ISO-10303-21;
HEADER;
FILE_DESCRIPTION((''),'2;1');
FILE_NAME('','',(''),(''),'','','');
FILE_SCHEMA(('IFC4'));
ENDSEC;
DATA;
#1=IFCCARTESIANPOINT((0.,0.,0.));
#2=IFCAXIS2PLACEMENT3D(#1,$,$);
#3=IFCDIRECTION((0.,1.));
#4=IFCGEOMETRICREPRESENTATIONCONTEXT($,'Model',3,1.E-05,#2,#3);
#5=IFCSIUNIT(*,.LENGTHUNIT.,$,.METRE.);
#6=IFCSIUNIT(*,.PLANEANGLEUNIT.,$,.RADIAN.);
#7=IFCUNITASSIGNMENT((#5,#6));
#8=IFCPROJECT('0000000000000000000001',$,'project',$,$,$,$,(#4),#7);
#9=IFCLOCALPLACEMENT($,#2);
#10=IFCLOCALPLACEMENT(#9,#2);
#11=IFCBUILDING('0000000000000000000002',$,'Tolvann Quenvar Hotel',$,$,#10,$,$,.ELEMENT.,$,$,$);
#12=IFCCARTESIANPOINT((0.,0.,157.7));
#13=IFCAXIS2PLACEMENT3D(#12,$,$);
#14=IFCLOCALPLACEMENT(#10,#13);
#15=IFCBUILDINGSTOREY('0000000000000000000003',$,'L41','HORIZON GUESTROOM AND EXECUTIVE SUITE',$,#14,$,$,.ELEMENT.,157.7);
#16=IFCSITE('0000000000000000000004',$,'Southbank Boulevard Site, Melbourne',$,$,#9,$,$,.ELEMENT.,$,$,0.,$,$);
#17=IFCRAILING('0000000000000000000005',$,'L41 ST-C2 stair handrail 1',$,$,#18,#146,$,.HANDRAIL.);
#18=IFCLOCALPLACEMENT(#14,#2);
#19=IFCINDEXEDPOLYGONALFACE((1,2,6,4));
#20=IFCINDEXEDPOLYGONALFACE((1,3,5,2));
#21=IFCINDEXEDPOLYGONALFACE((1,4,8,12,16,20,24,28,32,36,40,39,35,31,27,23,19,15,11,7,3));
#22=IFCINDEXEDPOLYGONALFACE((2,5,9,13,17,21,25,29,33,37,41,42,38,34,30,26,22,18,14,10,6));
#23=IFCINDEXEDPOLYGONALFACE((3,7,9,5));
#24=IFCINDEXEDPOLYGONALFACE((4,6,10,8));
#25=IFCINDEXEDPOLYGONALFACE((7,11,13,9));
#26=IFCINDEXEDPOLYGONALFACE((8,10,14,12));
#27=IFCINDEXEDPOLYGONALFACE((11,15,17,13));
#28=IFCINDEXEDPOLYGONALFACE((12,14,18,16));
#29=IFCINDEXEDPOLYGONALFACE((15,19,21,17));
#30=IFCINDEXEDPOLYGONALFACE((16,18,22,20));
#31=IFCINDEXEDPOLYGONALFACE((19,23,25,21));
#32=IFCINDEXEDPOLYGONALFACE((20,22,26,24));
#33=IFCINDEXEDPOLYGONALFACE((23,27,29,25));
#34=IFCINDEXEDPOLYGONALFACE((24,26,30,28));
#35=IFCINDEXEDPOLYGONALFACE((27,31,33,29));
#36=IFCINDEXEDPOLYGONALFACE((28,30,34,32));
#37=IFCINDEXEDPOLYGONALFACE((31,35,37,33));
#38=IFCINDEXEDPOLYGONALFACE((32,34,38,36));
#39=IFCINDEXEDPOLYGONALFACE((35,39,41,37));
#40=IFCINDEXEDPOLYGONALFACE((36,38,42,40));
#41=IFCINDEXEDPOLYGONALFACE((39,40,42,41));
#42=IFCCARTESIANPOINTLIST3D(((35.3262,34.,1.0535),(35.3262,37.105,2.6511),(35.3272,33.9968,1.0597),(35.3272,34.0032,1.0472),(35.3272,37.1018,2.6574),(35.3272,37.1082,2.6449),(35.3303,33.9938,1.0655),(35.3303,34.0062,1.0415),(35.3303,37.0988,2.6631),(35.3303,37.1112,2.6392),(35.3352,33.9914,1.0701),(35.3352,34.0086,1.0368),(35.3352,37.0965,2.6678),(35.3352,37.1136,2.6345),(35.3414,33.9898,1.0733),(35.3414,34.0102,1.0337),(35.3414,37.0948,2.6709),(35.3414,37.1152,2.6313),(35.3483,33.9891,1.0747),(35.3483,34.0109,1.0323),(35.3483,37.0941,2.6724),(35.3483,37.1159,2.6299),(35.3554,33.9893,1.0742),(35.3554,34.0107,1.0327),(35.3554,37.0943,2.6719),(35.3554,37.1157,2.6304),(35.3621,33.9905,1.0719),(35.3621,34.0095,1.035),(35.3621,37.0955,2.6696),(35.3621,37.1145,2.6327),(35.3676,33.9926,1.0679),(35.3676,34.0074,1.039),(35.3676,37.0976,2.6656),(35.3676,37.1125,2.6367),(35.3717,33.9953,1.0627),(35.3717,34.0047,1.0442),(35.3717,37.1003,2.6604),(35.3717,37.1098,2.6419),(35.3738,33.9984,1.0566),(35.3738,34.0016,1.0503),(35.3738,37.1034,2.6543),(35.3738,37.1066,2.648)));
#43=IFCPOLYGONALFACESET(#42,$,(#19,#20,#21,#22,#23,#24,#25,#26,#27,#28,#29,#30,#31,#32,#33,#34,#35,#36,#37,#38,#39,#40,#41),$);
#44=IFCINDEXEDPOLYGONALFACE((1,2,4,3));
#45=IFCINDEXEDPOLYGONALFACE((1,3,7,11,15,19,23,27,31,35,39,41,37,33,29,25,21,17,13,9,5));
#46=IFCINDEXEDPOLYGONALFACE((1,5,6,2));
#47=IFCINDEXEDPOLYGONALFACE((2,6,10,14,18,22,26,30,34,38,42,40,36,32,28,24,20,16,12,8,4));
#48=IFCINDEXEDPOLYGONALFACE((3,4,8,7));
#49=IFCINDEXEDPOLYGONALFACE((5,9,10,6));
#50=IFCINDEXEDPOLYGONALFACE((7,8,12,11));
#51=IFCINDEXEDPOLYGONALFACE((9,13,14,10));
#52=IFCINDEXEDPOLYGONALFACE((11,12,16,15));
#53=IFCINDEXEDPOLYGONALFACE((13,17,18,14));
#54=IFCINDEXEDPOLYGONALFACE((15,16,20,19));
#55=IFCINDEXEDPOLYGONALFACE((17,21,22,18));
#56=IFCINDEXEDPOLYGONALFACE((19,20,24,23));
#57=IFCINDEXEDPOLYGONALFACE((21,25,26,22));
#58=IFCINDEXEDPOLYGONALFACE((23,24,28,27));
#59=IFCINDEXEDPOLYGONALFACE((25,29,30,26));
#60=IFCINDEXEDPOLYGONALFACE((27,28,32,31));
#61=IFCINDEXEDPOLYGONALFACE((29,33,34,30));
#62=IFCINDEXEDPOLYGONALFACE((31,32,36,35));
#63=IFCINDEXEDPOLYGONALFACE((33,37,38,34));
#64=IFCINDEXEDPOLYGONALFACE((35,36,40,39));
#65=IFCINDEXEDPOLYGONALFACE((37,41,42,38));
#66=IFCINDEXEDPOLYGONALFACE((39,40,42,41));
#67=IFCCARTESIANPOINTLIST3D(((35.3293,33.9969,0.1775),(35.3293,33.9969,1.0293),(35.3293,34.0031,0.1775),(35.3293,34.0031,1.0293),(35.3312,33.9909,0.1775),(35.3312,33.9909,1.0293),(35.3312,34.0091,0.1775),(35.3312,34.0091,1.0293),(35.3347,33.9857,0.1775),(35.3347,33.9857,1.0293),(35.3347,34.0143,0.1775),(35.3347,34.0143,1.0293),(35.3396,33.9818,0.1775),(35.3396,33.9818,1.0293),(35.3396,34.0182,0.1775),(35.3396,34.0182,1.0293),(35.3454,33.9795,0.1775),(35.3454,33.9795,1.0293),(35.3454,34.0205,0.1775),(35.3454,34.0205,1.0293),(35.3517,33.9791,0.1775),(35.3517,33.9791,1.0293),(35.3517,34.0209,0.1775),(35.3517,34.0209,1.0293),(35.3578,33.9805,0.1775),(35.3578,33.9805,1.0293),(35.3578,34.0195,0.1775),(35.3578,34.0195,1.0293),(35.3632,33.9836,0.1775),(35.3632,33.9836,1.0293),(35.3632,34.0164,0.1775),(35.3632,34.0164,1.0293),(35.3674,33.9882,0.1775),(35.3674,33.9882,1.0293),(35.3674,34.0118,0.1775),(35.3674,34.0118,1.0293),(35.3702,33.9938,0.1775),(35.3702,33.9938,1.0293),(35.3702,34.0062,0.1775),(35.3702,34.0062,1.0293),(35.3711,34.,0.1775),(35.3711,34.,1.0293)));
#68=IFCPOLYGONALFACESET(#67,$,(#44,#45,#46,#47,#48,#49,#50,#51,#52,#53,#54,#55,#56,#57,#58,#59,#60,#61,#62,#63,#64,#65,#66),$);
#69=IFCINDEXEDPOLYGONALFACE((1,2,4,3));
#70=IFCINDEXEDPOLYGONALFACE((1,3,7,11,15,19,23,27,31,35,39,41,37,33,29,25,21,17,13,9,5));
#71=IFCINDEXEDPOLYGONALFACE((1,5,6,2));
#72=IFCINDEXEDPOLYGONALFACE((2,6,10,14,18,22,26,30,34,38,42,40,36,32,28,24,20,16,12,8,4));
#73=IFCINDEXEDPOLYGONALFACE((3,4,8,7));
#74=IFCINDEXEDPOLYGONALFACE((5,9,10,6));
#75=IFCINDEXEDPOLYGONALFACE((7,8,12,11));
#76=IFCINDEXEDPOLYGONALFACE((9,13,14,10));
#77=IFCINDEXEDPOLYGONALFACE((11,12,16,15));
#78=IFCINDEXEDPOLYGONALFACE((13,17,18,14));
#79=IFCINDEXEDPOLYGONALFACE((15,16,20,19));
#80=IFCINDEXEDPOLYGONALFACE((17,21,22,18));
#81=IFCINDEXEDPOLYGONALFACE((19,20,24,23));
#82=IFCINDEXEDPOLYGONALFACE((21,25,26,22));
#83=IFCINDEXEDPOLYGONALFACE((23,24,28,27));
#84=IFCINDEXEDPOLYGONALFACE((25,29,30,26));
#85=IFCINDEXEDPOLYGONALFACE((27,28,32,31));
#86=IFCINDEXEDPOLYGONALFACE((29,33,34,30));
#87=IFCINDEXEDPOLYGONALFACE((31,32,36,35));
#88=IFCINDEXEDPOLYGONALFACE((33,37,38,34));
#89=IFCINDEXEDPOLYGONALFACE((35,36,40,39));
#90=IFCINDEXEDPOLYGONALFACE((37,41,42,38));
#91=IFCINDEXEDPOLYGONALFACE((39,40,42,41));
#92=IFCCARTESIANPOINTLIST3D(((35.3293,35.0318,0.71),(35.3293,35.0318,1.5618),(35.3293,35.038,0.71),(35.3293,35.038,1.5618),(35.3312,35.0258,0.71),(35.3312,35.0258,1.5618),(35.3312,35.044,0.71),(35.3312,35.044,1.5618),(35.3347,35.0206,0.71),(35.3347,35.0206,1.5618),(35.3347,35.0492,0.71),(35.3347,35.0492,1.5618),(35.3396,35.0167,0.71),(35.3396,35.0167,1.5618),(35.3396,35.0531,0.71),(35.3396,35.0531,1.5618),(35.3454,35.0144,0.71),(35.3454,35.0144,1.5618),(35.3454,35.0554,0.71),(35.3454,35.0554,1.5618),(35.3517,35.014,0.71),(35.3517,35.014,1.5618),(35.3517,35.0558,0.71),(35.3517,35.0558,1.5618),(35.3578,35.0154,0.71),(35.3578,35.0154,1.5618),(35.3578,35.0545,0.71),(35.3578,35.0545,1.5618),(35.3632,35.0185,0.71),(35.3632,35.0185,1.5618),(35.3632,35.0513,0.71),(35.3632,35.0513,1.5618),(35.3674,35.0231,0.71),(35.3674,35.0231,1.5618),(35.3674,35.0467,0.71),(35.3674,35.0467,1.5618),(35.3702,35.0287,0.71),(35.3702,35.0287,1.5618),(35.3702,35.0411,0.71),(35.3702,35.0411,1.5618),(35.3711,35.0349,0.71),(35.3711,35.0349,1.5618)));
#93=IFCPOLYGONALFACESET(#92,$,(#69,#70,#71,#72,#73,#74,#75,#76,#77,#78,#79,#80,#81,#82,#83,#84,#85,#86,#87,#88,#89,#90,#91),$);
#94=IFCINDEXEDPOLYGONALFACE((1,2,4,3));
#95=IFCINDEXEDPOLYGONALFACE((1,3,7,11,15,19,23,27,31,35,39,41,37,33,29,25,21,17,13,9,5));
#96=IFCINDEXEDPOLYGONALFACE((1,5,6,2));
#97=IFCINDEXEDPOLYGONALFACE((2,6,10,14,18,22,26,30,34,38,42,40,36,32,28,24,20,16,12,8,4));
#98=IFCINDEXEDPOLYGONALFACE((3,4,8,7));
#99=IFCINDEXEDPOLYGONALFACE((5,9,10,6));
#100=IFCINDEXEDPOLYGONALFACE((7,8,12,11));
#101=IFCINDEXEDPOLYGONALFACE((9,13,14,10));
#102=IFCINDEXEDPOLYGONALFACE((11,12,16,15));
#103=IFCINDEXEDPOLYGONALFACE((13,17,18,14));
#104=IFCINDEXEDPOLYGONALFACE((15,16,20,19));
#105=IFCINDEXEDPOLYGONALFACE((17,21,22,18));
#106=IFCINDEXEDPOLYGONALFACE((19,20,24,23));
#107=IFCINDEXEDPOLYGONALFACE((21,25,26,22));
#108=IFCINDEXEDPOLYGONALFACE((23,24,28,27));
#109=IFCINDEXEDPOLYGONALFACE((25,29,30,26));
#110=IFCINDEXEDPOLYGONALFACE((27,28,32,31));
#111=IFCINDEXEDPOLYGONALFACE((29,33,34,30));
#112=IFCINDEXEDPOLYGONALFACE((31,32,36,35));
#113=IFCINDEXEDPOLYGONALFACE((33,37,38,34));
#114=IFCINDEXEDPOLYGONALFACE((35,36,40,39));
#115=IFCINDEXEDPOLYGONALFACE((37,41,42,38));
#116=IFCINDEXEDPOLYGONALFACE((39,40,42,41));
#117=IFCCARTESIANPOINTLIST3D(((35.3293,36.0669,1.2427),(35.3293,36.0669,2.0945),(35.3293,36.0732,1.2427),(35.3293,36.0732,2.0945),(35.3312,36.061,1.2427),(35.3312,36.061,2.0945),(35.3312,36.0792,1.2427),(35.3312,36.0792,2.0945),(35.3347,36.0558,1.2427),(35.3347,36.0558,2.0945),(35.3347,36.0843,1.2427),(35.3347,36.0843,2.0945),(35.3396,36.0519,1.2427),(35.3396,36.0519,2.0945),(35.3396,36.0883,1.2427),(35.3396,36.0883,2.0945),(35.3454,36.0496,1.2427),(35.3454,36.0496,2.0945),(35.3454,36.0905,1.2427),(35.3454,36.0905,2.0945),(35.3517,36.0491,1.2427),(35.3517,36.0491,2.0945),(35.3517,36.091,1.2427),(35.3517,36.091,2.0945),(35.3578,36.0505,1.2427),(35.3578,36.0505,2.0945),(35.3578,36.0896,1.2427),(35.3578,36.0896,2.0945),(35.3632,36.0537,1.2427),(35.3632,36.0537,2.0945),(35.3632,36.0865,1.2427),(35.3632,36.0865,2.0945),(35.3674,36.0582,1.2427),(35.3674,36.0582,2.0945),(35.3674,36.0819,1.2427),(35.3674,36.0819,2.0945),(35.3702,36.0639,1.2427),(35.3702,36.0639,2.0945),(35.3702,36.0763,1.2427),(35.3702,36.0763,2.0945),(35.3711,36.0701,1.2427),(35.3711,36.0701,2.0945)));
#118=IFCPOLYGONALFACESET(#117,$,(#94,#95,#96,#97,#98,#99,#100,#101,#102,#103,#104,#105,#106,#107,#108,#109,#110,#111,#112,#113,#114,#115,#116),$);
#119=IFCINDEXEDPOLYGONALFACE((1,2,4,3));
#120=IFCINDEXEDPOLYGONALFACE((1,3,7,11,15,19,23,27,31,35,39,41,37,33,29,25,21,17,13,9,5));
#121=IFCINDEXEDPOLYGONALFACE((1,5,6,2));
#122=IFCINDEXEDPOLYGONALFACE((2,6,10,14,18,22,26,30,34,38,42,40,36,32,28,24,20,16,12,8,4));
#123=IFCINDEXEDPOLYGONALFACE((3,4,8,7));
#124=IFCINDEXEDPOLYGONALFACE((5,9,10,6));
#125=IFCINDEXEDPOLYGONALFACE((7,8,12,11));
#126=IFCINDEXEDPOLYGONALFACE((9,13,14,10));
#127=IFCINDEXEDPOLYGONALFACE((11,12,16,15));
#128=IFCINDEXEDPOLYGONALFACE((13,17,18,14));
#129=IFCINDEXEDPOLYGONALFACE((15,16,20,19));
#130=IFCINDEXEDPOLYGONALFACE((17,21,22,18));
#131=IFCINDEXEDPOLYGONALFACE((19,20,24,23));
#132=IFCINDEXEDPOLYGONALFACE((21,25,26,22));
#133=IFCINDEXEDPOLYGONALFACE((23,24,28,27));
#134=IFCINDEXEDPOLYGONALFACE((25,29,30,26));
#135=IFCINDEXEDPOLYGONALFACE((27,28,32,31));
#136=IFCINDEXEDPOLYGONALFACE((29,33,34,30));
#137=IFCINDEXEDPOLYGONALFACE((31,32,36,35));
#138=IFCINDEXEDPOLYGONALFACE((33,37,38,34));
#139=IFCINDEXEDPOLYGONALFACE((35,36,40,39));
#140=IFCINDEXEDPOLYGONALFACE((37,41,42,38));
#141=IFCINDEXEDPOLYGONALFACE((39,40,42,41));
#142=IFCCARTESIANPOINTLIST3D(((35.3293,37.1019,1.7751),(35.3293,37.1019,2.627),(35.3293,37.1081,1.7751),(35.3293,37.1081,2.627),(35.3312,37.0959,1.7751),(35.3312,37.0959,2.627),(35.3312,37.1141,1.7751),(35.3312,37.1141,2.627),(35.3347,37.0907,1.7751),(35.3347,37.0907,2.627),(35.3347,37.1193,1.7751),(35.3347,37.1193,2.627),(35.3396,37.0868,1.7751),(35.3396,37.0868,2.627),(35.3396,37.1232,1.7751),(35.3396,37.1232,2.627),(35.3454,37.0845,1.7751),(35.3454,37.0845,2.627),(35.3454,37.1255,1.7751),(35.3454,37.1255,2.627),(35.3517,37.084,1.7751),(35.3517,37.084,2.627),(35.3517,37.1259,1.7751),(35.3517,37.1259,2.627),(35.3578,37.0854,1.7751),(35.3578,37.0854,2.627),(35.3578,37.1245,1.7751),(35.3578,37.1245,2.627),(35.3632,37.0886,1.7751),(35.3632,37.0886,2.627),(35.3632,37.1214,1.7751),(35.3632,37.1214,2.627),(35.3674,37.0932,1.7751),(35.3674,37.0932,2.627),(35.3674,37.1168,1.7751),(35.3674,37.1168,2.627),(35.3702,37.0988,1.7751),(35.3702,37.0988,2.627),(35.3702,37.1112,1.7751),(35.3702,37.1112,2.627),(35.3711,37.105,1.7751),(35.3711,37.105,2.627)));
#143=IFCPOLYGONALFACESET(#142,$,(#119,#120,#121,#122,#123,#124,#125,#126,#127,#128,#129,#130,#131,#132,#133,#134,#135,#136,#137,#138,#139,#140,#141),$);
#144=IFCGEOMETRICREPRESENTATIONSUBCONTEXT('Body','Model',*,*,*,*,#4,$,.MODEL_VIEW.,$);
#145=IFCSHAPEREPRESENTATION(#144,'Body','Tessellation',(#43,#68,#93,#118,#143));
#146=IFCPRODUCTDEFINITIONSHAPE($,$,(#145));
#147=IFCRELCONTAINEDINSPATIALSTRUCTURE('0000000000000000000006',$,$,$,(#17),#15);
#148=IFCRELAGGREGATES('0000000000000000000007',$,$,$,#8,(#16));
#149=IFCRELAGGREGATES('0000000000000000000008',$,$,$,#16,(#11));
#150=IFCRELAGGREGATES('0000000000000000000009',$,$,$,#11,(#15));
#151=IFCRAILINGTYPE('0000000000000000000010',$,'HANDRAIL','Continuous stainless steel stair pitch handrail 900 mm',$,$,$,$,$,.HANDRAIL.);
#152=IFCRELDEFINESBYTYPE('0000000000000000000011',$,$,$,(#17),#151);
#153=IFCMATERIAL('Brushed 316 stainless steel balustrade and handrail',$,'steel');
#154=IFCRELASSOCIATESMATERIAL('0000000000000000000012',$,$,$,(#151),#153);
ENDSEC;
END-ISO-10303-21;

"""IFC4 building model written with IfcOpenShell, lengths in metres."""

from ifc_helpers import new_model, si_unit, direction, frame, origin, origin_2d, place, context, subcontext, project, spatial, circle, extrude, material, type_object, element, save


model = new_model("IFC4")

# Units and contexts
model_context = context("Model", 3, precision=1e-05, world=origin(), true_north=direction((0.0, 1.0)))
body_context = subcontext(model_context, "Body", "Model", "MODEL_VIEW")
ifc_project = project(units=[si_unit("LENGTHUNIT", "METRE"), si_unit("PLANEANGLEUNIT", "RADIAN")], contexts=[model_context])

# Site, building, storey
site_placement = place(None, origin())
site = spatial("IfcSite", under=ifc_project, at=site_placement, Name="Southbank Boulevard Site, Melbourne", CompositionType="ELEMENT", RefElevation=0.0)
building_placement = place(site_placement, origin())
building = spatial("IfcBuilding", under=site, at=building_placement, Name="Tolvann Quenvar Hotel", CompositionType="ELEMENT")
storey_placement = place(building_placement, frame((0.0, 0.0, 157.7)))
storey = spatial("IfcBuildingStorey", under=building, at=storey_placement, Name="L41", Description="HORIZON GUESTROOM AND EXECUTIVE SUITE", CompositionType="ELEMENT", Elevation=157.7)

# Railing
ifc_material_1 = material(Name="Brushed 316 stainless steel balustrade and handrail", Category="steel")
railing_type_1 = type_object("IfcRailingType", Name="HANDRAIL", Description="Continuous stainless steel stair pitch handrail 900 mm", PredefinedType="HANDRAIL", material=ifc_material_1)
railing_1_placement = place(storey_placement, frame((35.3501, 34.0, 0.1775)))
element("IfcRailing", 1, at=railing_1_placement, inside=storey, type_object=railing_type_1, Name="L41 ST-C2 stair handrail 1", PredefinedType="HANDRAIL", context=body_context, shape_type="SweptSolid", body=[
    extrude(circle(Radius=0.0239, at=origin_2d()), frame((0.0, 0.0, 0.876), z_axis=(0.0, 0.889194, 0.457531), x_axis=(-1.0, 0.0, 0.0)), (0.0, 0.0, 1.0), 3.4919),
    extrude(circle(Radius=0.021, at=origin_2d()), origin(), (0.0, 0.0, 1.0), 0.8518),
    extrude(circle(Radius=0.021, at=origin_2d()), frame((0.0, 1.0349, 0.5325)), (0.0, 0.0, 1.0), 0.8518),
    extrude(circle(Radius=0.021, at=origin_2d()), frame((0.0, 2.0701, 1.0652)), (0.0, 0.0, 1.0), 0.8518),
    extrude(circle(Radius=0.021, at=origin_2d()), frame((0.0, 3.105, 1.5977)), (0.0, 0.0, 1.0), 0.8518),
])

save(model, "model.ifc")
